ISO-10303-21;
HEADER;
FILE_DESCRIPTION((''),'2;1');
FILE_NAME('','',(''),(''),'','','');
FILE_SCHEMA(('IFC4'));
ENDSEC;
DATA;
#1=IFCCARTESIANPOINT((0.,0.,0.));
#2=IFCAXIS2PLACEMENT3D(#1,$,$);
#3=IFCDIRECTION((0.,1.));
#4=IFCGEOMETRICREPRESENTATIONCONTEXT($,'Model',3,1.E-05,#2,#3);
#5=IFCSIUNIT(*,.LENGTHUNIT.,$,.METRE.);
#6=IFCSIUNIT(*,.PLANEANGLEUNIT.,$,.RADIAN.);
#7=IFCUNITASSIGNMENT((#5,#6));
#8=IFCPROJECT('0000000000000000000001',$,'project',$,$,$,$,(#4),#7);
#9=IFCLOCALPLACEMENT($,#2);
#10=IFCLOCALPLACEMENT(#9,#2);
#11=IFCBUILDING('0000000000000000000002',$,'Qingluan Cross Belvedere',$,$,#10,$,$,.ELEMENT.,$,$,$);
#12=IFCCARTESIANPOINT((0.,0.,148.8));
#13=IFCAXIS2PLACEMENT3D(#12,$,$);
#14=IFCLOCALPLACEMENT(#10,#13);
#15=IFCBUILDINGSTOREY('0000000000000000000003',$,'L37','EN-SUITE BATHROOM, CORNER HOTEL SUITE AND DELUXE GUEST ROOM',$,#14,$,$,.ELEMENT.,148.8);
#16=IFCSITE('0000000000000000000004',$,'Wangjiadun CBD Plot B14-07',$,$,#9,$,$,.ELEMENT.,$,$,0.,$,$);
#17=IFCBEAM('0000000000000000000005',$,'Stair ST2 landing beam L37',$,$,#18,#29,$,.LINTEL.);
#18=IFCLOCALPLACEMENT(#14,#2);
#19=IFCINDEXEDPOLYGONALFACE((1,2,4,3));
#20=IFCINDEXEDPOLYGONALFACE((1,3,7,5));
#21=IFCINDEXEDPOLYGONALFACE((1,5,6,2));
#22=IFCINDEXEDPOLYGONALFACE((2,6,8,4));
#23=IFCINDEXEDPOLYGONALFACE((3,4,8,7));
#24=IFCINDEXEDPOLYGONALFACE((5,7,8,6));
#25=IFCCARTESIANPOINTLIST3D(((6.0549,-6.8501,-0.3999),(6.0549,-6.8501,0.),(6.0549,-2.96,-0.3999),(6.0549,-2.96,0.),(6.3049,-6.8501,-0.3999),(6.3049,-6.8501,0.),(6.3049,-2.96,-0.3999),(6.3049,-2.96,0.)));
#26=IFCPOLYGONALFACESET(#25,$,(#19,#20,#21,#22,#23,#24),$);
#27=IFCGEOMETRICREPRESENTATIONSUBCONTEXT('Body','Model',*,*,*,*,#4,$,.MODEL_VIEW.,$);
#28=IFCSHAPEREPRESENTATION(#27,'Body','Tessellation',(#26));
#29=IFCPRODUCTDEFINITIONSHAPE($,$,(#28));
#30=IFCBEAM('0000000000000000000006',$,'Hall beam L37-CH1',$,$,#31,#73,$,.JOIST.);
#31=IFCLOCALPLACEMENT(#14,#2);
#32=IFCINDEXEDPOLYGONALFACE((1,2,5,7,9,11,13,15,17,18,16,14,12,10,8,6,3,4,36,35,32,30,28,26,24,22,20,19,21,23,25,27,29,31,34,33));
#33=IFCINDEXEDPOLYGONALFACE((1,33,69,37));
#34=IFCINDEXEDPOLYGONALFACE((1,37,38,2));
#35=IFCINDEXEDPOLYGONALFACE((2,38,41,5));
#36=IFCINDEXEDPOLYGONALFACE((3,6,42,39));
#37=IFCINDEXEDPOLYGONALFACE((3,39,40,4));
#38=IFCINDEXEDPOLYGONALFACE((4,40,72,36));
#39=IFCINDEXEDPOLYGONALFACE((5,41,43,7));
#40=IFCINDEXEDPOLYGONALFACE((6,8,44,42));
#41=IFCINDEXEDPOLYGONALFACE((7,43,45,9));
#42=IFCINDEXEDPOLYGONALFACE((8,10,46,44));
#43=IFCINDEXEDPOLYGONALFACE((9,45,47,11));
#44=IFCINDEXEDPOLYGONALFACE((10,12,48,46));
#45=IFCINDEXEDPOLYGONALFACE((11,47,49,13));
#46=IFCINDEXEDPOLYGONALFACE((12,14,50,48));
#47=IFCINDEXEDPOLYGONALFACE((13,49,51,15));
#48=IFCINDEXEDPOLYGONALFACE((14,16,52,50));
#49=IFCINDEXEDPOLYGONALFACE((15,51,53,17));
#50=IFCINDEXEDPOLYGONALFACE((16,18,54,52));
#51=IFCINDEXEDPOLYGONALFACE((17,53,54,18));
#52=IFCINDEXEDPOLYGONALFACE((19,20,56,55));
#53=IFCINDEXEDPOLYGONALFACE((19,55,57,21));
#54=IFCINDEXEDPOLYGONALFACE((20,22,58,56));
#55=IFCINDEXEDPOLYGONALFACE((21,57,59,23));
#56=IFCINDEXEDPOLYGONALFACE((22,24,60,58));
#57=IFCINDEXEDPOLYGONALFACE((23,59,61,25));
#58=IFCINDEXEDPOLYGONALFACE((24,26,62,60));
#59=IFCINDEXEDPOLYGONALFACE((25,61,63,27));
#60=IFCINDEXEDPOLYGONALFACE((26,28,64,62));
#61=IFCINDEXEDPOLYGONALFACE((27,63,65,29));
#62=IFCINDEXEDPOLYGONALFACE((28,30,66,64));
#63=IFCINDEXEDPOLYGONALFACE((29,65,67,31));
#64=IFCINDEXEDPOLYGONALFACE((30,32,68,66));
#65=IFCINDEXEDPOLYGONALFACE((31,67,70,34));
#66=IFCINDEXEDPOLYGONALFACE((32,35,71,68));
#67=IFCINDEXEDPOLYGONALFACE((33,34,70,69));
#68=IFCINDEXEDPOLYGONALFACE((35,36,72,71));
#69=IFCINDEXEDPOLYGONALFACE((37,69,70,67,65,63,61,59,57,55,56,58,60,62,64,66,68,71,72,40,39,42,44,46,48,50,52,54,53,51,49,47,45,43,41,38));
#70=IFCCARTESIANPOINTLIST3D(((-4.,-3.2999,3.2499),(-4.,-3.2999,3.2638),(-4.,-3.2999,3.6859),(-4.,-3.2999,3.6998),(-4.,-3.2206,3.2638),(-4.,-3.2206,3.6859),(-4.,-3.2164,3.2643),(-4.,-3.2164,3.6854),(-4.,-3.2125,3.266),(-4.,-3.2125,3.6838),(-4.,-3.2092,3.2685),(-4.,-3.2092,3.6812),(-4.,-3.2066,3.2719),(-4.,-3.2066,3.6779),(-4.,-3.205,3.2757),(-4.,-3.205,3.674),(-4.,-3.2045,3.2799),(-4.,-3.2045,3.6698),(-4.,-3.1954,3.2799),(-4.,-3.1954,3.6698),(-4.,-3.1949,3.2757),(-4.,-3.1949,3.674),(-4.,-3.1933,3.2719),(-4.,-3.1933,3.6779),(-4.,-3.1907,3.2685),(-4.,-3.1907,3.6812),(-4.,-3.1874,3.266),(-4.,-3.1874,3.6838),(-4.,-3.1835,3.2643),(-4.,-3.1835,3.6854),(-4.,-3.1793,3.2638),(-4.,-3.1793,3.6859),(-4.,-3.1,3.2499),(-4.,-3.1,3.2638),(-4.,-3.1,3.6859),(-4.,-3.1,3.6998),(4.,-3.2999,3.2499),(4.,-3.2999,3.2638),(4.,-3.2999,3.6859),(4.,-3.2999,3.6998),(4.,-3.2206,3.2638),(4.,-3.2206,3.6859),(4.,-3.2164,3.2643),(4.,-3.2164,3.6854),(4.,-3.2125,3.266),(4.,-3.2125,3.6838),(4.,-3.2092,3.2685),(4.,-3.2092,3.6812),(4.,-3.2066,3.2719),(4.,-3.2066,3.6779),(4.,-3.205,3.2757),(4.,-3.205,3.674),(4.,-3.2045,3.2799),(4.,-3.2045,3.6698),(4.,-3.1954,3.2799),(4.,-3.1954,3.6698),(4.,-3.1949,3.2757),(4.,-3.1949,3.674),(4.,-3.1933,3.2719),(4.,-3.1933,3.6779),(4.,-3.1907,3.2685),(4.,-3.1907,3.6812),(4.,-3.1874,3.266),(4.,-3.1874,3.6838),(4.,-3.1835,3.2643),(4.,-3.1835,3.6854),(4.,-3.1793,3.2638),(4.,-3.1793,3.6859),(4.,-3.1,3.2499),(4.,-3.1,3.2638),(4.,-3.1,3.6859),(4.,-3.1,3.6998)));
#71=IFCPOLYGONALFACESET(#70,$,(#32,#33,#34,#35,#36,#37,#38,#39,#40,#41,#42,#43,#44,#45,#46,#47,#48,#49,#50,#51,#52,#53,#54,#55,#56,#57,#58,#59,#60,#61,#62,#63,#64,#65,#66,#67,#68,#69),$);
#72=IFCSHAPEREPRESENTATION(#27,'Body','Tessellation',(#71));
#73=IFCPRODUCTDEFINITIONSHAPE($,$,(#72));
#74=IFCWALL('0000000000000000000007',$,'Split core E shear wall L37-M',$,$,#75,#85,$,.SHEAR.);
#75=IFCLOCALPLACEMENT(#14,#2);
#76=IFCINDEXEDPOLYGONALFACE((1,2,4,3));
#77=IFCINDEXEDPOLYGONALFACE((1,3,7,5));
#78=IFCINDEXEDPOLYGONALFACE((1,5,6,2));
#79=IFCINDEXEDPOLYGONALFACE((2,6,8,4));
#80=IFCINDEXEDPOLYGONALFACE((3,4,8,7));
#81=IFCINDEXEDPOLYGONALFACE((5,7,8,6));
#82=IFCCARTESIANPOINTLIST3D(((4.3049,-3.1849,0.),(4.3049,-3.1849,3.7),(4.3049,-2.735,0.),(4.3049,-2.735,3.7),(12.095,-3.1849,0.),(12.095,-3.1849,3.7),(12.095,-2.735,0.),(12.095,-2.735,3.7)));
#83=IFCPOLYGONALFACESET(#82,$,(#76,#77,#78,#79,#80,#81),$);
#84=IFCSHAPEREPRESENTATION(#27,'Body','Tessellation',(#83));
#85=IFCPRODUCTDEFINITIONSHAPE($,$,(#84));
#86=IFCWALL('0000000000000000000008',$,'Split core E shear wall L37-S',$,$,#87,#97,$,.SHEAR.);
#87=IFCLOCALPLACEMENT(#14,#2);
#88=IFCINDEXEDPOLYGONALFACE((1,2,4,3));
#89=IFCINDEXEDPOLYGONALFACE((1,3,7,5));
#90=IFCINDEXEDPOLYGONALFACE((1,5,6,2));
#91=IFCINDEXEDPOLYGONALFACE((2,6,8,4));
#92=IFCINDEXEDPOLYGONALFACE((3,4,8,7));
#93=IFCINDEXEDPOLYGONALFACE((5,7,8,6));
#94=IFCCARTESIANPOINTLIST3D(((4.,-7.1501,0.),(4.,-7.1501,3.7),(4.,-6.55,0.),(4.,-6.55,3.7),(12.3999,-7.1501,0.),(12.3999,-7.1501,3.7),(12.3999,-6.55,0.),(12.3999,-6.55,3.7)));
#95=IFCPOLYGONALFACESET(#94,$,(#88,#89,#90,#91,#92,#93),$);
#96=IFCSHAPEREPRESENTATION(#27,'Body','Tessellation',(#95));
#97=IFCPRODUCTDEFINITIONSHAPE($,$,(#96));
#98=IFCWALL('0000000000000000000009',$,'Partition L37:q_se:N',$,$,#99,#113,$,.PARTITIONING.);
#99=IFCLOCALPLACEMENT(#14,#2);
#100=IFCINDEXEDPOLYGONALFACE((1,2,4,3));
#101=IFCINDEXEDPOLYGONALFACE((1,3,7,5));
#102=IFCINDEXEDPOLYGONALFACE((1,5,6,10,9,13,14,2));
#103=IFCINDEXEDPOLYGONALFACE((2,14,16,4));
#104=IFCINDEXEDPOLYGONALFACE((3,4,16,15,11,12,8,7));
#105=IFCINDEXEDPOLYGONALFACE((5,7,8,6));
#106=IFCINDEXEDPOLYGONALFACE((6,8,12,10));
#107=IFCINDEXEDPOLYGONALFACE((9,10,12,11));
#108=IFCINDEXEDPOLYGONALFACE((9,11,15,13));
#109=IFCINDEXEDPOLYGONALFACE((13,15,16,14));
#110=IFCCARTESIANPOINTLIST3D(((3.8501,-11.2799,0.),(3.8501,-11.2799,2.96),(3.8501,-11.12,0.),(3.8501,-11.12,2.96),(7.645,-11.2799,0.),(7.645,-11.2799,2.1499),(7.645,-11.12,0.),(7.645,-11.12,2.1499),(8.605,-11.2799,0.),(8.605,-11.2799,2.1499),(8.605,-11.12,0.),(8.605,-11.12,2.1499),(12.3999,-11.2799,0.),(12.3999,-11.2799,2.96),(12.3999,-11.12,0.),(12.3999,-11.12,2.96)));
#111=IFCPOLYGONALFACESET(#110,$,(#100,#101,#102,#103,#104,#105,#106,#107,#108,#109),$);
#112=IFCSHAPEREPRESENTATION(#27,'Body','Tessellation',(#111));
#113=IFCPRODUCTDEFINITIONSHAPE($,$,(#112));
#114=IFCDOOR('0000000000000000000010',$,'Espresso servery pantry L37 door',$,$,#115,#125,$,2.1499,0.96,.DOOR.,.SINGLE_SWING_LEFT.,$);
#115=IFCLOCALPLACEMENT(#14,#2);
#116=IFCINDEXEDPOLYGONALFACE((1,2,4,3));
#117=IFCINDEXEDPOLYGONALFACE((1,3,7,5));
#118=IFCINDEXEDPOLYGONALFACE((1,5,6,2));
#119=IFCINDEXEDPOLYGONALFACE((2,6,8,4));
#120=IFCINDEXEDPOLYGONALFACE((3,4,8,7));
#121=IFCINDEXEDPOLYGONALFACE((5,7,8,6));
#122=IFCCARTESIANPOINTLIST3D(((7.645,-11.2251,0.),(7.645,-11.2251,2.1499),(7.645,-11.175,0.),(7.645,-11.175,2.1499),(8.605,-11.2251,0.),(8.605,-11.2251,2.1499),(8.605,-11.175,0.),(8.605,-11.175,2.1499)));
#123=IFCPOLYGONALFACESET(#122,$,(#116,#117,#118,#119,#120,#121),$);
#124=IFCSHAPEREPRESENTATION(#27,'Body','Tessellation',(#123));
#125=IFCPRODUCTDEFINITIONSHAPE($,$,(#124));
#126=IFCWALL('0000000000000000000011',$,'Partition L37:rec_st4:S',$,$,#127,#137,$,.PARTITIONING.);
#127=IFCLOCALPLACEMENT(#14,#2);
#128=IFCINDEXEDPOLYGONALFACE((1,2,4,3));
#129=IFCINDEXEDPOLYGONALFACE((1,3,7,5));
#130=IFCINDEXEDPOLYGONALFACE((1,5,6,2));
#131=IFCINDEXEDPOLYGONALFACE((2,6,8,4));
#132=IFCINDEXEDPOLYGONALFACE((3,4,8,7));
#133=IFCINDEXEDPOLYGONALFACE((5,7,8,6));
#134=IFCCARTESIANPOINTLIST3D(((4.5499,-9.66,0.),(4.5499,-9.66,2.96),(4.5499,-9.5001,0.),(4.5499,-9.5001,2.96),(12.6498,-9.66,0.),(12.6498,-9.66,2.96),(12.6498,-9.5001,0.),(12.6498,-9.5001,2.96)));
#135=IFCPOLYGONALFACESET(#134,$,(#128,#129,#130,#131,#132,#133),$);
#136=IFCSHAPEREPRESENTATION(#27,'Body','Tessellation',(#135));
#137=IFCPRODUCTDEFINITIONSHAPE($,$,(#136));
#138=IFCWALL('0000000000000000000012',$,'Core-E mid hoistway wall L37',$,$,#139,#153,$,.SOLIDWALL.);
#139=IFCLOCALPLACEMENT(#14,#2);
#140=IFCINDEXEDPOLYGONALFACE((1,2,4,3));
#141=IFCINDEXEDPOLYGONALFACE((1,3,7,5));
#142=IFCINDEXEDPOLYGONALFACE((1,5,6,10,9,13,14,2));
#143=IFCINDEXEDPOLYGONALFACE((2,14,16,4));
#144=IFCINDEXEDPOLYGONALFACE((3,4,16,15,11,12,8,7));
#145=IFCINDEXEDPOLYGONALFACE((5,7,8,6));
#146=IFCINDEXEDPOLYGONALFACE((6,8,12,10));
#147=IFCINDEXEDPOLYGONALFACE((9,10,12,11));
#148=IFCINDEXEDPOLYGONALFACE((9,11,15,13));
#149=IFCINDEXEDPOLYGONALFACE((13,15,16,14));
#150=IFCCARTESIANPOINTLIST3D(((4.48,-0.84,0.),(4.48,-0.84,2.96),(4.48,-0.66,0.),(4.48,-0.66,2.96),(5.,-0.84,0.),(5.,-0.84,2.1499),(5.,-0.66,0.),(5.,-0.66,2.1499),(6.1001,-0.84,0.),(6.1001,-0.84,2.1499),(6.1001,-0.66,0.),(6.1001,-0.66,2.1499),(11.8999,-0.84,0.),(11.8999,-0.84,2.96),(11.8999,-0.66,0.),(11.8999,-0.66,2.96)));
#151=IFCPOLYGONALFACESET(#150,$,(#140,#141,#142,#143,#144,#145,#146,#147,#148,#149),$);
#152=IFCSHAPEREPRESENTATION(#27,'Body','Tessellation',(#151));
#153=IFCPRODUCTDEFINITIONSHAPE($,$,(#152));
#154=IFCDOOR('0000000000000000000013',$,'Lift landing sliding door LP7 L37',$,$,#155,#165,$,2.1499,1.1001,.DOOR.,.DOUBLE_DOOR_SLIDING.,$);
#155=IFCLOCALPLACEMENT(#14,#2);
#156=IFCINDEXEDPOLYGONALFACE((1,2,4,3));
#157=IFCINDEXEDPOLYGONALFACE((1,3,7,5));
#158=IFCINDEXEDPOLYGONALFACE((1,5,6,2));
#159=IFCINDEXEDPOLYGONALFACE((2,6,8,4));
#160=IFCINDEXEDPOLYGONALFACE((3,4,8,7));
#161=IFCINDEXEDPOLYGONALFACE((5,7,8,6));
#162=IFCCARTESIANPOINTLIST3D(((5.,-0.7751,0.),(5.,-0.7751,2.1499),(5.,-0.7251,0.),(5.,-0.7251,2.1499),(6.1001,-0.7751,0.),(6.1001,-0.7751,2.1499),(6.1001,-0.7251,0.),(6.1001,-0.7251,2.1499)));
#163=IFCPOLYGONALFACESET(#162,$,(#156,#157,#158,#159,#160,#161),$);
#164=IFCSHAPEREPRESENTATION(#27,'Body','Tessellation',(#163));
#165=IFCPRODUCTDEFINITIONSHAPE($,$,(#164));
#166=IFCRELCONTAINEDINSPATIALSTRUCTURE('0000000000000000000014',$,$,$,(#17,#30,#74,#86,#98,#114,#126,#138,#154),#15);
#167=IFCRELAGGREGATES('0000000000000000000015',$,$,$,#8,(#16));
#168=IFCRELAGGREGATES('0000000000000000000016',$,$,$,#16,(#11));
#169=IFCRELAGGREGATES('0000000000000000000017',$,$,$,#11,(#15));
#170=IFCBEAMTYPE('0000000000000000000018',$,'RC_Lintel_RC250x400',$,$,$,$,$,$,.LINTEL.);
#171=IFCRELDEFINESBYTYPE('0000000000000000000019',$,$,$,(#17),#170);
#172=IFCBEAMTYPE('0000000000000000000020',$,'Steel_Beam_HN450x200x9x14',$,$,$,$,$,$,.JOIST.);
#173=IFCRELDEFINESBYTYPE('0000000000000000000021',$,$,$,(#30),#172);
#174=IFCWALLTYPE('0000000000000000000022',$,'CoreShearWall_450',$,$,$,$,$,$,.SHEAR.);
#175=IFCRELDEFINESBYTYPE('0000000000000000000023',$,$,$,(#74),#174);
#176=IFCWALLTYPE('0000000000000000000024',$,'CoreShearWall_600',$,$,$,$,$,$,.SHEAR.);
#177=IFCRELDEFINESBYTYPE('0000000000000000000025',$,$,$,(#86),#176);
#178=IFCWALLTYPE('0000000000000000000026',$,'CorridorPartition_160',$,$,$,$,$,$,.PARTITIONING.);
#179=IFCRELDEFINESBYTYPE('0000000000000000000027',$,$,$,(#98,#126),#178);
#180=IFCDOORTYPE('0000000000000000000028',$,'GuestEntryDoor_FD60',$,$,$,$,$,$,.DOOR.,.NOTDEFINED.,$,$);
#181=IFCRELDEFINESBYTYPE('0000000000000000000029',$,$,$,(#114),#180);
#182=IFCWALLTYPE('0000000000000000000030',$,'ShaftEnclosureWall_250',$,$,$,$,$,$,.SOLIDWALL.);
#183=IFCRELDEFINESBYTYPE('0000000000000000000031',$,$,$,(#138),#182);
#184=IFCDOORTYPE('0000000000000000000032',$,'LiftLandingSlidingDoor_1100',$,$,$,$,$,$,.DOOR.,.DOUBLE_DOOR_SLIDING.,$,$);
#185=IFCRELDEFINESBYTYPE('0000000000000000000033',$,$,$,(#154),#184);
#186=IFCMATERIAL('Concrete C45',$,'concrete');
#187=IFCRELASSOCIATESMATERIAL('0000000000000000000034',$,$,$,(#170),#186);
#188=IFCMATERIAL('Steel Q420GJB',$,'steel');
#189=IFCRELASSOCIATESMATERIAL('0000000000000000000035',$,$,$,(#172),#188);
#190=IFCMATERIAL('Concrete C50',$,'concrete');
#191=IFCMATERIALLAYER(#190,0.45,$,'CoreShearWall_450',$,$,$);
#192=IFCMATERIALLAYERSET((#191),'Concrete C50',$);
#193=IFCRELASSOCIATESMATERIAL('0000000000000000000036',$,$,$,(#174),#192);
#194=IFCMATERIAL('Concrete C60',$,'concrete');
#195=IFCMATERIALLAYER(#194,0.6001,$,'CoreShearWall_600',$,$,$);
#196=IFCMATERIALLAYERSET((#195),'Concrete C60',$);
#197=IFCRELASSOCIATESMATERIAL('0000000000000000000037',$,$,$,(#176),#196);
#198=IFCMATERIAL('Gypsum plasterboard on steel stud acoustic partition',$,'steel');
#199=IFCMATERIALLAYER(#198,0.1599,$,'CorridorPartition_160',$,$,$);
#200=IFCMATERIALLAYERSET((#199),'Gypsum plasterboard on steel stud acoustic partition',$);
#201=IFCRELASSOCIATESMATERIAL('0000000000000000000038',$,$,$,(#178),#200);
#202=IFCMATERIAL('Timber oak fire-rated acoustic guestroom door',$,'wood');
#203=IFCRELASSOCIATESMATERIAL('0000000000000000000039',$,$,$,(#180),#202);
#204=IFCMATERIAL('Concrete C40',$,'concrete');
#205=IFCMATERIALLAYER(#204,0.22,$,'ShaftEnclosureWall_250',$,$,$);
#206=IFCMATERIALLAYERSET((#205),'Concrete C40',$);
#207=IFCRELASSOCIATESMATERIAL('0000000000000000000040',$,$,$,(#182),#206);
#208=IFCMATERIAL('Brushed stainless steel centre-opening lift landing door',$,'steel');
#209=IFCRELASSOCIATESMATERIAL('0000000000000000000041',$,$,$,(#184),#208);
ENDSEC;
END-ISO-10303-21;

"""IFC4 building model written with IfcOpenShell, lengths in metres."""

from ifc_helpers import new_model, si_unit, direction, frame, frame_2d, origin, origin_2d, place, context, subcontext, project, spatial, rectangle, i_section, extrude, material, layer, layer_set, material_profile, profile_set, type_object, element, fill, save


model = new_model("IFC4")

# Units and contexts
model_context = context("Model", 3, precision=1e-05, world=origin(), true_north=direction((0.0, 1.0)))
body_context = subcontext(model_context, "Body", "Model", "MODEL_VIEW")
ifc_project = project(units=[si_unit("LENGTHUNIT", "METRE"), si_unit("PLANEANGLEUNIT", "RADIAN")], contexts=[model_context])

# Site, building, storey
site_placement = place(None, origin())
site = spatial("IfcSite", under=ifc_project, at=site_placement, Name="Wangjiadun CBD Plot B14-07", CompositionType="ELEMENT", RefElevation=0.0)
building_placement = place(site_placement, origin())
building = spatial("IfcBuilding", under=site, at=building_placement, Name="Qingluan Cross Belvedere", CompositionType="ELEMENT")
storey_placement = place(building_placement, frame((0.0, 0.0, 148.8)))
storey = spatial("IfcBuildingStorey", under=building, at=storey_placement, Name="L37", Description="EN-SUITE BATHROOM, CORNER HOTEL SUITE AND DELUXE GUEST ROOM", CompositionType="ELEMENT", Elevation=148.8)

# Beams
ifc_material_1 = material(Name="Concrete C45", Category="concrete")
ifc_material_profile_1 = material_profile(ifc_material_1, rectangle(XDim=0.25, YDim=0.3999, at=origin_2d()), Name="RC250x400")
ifc_profile_set_1 = profile_set([ifc_material_profile_1], Name="Concrete C45")
beam_type_1 = type_object("IfcBeamType", Name="RC_Lintel_RC250x400", PredefinedType="LINTEL", material=ifc_profile_set_1)
beam_1_placement = place(storey_placement, frame((6.1799, -6.8501, -0.2), z_axis=(0.0, 1.0, 0.0), x_axis=(-1.0, 0.0, 0.0)))
element("IfcBeam", 1, at=beam_1_placement, inside=storey, type_object=beam_type_1, Name="Stair ST2 landing beam L37", PredefinedType="LINTEL", context=body_context, shape_type="SweptSolid", body=[
    extrude(rectangle(XDim=0.25, YDim=0.3999, at=origin_2d()), origin(), (0.0, 0.0, 1.0), 3.8901),
])
ifc_material_2 = material(Name="Steel Q420GJB", Category="steel")
ifc_material_profile_2 = material_profile(ifc_material_2, i_section(OverallWidth=0.2, OverallDepth=0.45, WebThickness=0.009, FlangeThickness=0.0139, FilletRadius=0.0161, at=origin_2d()), Name="HN450x200x9x14")
ifc_profile_set_2 = profile_set([ifc_material_profile_2], Name="Steel Q420GJB")
beam_type_2 = type_object("IfcBeamType", Name="Steel_Beam_HN450x200x9x14", PredefinedType="JOIST", material=ifc_profile_set_2)
beam_2_placement = place(storey_placement, frame((-4.0, -3.2, 3.4749), z_axis=(1.0, 0.0, 0.0), x_axis=(0.0, 1.0, 0.0)))
element("IfcBeam", 2, at=beam_2_placement, inside=storey, type_object=beam_type_2, Name="Hall beam L37-CH1", PredefinedType="JOIST", context=body_context, shape_type="SweptSolid", body=[
    extrude(i_section(OverallWidth=0.2, OverallDepth=0.45, WebThickness=0.009, FlangeThickness=0.0139, FilletRadius=0.0161, at=origin_2d()), origin(), (0.0, 0.0, 1.0), 8.0),
])

# Wall
ifc_material_3 = material(Name="Concrete C50", Category="concrete")
ifc_layer_1 = layer(ifc_material_3, 0.45, Name="CoreShearWall_450")
ifc_layer_set_1 = layer_set([ifc_layer_1], Name="Concrete C50")
wall_type_1 = type_object("IfcWallType", Name="CoreShearWall_450", PredefinedType="SHEAR", material=ifc_layer_set_1)
wall_1_placement = place(storey_placement, frame((4.3049, -2.96, 0.0), z_axis=(0.0, 0.0, 1.0), x_axis=(1.0, 0.0, 0.0)))
element("IfcWall", 3, at=wall_1_placement, inside=storey, type_object=wall_type_1, Name="Split core E shear wall L37-M", PredefinedType="SHEAR", context=body_context, shape_type="SweptSolid", body=[
    extrude(rectangle(XDim=7.79, YDim=0.45, at=frame_2d((3.895, 0.0))), origin(), (0.0, 0.0, 1.0), 3.7),
])

# Shared definitions
ifc_material_4 = material(Name="Concrete C60", Category="concrete")
ifc_layer_2 = layer(ifc_material_4, 0.6001, Name="CoreShearWall_600")
ifc_layer_set_2 = layer_set([ifc_layer_2], Name="Concrete C60")
wall_type_2 = type_object("IfcWallType", Name="CoreShearWall_600", PredefinedType="SHEAR", material=ifc_layer_set_2)

# Wall
wall_2_placement = place(storey_placement, frame((4.0, -6.8501, 0.0), z_axis=(0.0, 0.0, 1.0), x_axis=(1.0, 0.0, 0.0)))
element("IfcWall", 4, at=wall_2_placement, inside=storey, type_object=wall_type_2, Name="Split core E shear wall L37-S", PredefinedType="SHEAR", context=body_context, shape_type="SweptSolid", body=[
    extrude(rectangle(XDim=8.3999, YDim=0.6001, at=frame_2d((4.2, 0.0))), origin(), (0.0, 0.0, 1.0), 3.7),
])

# Wall, opening, door
ifc_material_5 = material(Name="Gypsum plasterboard on steel stud acoustic partition", Category="steel")
ifc_layer_3 = layer(ifc_material_5, 0.1599, Name="CorridorPartition_160")
ifc_layer_set_3 = layer_set([ifc_layer_3], Name="Gypsum plasterboard on steel stud acoustic partition")
wall_type_3 = type_object("IfcWallType", Name="CorridorPartition_160", PredefinedType="PARTITIONING", material=ifc_layer_set_3)
wall_3_placement = place(storey_placement, frame((3.8501, -11.2, 0.0), z_axis=(0.0, 0.0, 1.0), x_axis=(1.0, 0.0, 0.0)))
wall_3 = element("IfcWall", 5, at=wall_3_placement, inside=storey, type_object=wall_type_3, Name="Partition L37:q_se:N", PredefinedType="PARTITIONING", context=body_context, shape_type="SweptSolid", body=[
    extrude(rectangle(XDim=8.5498, YDim=0.1599, at=frame_2d((4.2749, 0.0))), origin(), (0.0, 0.0, 1.0), 2.96),
])
opening_1_placement = place(wall_3_placement, frame((3.7949, 0.0, 0.0)))
opening_1 = element("IfcOpeningElement", 6, at=opening_1_placement, cuts=wall_3, PredefinedType="OPENING", context=body_context, shape_type="SweptSolid", body=[
    extrude(rectangle(XDim=0.96, YDim=2.1499, at=frame_2d((0.48, 1.075))), frame((0.0, 0.0898, 0.0), z_axis=(0.0, -1.0, 0.0), x_axis=(1.0, 0.0, 0.0)), (0.0, 0.0, 1.0), 0.1799),
])
ifc_material_6 = material(Name="Timber oak fire-rated acoustic guestroom door", Category="wood")
door_type_1 = type_object("IfcDoorType", Name="GuestEntryDoor_FD60", OperationType="NOTDEFINED", PredefinedType="DOOR", material=ifc_material_6)
door_1_placement = place(opening_1_placement, origin())
door_1 = element("IfcDoor", 7, at=door_1_placement, inside=storey, type_object=door_type_1, Name="Espresso servery pantry L37 door", OperationType="SINGLE_SWING_LEFT", OverallHeight=2.1499, OverallWidth=0.96, PredefinedType="DOOR", context=body_context, shape_type="SweptSolid", body=[
    extrude(rectangle(XDim=0.96, YDim=2.1499, at=frame_2d((0.48, 1.075))), frame((0.0, 0.0249, 0.0), z_axis=(0.0, -1.0, 0.0), x_axis=(1.0, 0.0, 0.0)), (0.0, 0.0, 1.0), 0.05),
])
fill(opening_1, door_1)

# Wall
wall_4_placement = place(storey_placement, frame((4.55, -9.5801, 0.0), z_axis=(0.0, 0.0, 1.0), x_axis=(1.0, 0.0, 0.0)))
element("IfcWall", 8, at=wall_4_placement, inside=storey, type_object=wall_type_3, Name="Partition L37:rec_st4:S", PredefinedType="PARTITIONING", context=body_context, shape_type="SweptSolid", body=[
    extrude(rectangle(XDim=8.0999, YDim=0.1599, at=frame_2d((4.0498, 0.0))), origin(), (0.0, 0.0, 1.0), 2.96),
])

# Wall, opening, door
ifc_material_7 = material(Name="Concrete C40", Category="concrete")
ifc_layer_4 = layer(ifc_material_7, 0.22, Name="ShaftEnclosureWall_250")
ifc_layer_set_4 = layer_set([ifc_layer_4], Name="Concrete C40")
wall_type_4 = type_object("IfcWallType", Name="ShaftEnclosureWall_250", PredefinedType="SOLIDWALL", material=ifc_layer_set_4)
wall_5_placement = place(storey_placement, frame((4.48, -0.75, 0.0), z_axis=(0.0, 0.0, 1.0), x_axis=(1.0, 0.0, 0.0)))
wall_5 = element("IfcWall", 9, at=wall_5_placement, inside=storey, type_object=wall_type_4, Name="Core-E mid hoistway wall L37", PredefinedType="SOLIDWALL", context=body_context, shape_type="SweptSolid", body=[
    extrude(rectangle(XDim=7.4199, YDim=0.1799, at=frame_2d((3.71, 0.0))), origin(), (0.0, 0.0, 1.0), 2.96),
])
opening_2_placement = place(wall_5_placement, frame((0.52, 0.0, 0.0)))
opening_2 = element("IfcOpeningElement", 10, at=opening_2_placement, cuts=wall_5, PredefinedType="OPENING", context=body_context, shape_type="SweptSolid", body=[
    extrude(rectangle(XDim=1.1001, YDim=2.1499, at=frame_2d((0.55, 1.075))), frame((0.0, 0.0999, 0.0), z_axis=(0.0, -1.0, 0.0), x_axis=(1.0, 0.0, 0.0)), (0.0, 0.0, 1.0), 0.2),
])
ifc_material_8 = material(Name="Brushed stainless steel centre-opening lift landing door", Category="steel")
door_type_2 = type_object("IfcDoorType", Name="LiftLandingSlidingDoor_1100", OperationType="DOUBLE_DOOR_SLIDING", PredefinedType="DOOR", material=ifc_material_8)
door_2_placement = place(opening_2_placement, origin())
door_2 = element("IfcDoor", 11, at=door_2_placement, inside=storey, type_object=door_type_2, Name="Lift landing sliding door LP7 L37", OperationType="DOUBLE_DOOR_SLIDING", OverallHeight=2.1499, OverallWidth=1.1001, PredefinedType="DOOR", context=body_context, shape_type="SweptSolid", body=[
    extrude(rectangle(XDim=1.1001, YDim=2.1499, at=frame_2d((0.55, 1.075))), frame((0.0, 0.0249, 0.0), z_axis=(0.0, -1.0, 0.0), x_axis=(1.0, 0.0, 0.0)), (0.0, 0.0, 1.0), 0.05),
])
fill(opening_2, door_2)

save(model, "model.ifc")
